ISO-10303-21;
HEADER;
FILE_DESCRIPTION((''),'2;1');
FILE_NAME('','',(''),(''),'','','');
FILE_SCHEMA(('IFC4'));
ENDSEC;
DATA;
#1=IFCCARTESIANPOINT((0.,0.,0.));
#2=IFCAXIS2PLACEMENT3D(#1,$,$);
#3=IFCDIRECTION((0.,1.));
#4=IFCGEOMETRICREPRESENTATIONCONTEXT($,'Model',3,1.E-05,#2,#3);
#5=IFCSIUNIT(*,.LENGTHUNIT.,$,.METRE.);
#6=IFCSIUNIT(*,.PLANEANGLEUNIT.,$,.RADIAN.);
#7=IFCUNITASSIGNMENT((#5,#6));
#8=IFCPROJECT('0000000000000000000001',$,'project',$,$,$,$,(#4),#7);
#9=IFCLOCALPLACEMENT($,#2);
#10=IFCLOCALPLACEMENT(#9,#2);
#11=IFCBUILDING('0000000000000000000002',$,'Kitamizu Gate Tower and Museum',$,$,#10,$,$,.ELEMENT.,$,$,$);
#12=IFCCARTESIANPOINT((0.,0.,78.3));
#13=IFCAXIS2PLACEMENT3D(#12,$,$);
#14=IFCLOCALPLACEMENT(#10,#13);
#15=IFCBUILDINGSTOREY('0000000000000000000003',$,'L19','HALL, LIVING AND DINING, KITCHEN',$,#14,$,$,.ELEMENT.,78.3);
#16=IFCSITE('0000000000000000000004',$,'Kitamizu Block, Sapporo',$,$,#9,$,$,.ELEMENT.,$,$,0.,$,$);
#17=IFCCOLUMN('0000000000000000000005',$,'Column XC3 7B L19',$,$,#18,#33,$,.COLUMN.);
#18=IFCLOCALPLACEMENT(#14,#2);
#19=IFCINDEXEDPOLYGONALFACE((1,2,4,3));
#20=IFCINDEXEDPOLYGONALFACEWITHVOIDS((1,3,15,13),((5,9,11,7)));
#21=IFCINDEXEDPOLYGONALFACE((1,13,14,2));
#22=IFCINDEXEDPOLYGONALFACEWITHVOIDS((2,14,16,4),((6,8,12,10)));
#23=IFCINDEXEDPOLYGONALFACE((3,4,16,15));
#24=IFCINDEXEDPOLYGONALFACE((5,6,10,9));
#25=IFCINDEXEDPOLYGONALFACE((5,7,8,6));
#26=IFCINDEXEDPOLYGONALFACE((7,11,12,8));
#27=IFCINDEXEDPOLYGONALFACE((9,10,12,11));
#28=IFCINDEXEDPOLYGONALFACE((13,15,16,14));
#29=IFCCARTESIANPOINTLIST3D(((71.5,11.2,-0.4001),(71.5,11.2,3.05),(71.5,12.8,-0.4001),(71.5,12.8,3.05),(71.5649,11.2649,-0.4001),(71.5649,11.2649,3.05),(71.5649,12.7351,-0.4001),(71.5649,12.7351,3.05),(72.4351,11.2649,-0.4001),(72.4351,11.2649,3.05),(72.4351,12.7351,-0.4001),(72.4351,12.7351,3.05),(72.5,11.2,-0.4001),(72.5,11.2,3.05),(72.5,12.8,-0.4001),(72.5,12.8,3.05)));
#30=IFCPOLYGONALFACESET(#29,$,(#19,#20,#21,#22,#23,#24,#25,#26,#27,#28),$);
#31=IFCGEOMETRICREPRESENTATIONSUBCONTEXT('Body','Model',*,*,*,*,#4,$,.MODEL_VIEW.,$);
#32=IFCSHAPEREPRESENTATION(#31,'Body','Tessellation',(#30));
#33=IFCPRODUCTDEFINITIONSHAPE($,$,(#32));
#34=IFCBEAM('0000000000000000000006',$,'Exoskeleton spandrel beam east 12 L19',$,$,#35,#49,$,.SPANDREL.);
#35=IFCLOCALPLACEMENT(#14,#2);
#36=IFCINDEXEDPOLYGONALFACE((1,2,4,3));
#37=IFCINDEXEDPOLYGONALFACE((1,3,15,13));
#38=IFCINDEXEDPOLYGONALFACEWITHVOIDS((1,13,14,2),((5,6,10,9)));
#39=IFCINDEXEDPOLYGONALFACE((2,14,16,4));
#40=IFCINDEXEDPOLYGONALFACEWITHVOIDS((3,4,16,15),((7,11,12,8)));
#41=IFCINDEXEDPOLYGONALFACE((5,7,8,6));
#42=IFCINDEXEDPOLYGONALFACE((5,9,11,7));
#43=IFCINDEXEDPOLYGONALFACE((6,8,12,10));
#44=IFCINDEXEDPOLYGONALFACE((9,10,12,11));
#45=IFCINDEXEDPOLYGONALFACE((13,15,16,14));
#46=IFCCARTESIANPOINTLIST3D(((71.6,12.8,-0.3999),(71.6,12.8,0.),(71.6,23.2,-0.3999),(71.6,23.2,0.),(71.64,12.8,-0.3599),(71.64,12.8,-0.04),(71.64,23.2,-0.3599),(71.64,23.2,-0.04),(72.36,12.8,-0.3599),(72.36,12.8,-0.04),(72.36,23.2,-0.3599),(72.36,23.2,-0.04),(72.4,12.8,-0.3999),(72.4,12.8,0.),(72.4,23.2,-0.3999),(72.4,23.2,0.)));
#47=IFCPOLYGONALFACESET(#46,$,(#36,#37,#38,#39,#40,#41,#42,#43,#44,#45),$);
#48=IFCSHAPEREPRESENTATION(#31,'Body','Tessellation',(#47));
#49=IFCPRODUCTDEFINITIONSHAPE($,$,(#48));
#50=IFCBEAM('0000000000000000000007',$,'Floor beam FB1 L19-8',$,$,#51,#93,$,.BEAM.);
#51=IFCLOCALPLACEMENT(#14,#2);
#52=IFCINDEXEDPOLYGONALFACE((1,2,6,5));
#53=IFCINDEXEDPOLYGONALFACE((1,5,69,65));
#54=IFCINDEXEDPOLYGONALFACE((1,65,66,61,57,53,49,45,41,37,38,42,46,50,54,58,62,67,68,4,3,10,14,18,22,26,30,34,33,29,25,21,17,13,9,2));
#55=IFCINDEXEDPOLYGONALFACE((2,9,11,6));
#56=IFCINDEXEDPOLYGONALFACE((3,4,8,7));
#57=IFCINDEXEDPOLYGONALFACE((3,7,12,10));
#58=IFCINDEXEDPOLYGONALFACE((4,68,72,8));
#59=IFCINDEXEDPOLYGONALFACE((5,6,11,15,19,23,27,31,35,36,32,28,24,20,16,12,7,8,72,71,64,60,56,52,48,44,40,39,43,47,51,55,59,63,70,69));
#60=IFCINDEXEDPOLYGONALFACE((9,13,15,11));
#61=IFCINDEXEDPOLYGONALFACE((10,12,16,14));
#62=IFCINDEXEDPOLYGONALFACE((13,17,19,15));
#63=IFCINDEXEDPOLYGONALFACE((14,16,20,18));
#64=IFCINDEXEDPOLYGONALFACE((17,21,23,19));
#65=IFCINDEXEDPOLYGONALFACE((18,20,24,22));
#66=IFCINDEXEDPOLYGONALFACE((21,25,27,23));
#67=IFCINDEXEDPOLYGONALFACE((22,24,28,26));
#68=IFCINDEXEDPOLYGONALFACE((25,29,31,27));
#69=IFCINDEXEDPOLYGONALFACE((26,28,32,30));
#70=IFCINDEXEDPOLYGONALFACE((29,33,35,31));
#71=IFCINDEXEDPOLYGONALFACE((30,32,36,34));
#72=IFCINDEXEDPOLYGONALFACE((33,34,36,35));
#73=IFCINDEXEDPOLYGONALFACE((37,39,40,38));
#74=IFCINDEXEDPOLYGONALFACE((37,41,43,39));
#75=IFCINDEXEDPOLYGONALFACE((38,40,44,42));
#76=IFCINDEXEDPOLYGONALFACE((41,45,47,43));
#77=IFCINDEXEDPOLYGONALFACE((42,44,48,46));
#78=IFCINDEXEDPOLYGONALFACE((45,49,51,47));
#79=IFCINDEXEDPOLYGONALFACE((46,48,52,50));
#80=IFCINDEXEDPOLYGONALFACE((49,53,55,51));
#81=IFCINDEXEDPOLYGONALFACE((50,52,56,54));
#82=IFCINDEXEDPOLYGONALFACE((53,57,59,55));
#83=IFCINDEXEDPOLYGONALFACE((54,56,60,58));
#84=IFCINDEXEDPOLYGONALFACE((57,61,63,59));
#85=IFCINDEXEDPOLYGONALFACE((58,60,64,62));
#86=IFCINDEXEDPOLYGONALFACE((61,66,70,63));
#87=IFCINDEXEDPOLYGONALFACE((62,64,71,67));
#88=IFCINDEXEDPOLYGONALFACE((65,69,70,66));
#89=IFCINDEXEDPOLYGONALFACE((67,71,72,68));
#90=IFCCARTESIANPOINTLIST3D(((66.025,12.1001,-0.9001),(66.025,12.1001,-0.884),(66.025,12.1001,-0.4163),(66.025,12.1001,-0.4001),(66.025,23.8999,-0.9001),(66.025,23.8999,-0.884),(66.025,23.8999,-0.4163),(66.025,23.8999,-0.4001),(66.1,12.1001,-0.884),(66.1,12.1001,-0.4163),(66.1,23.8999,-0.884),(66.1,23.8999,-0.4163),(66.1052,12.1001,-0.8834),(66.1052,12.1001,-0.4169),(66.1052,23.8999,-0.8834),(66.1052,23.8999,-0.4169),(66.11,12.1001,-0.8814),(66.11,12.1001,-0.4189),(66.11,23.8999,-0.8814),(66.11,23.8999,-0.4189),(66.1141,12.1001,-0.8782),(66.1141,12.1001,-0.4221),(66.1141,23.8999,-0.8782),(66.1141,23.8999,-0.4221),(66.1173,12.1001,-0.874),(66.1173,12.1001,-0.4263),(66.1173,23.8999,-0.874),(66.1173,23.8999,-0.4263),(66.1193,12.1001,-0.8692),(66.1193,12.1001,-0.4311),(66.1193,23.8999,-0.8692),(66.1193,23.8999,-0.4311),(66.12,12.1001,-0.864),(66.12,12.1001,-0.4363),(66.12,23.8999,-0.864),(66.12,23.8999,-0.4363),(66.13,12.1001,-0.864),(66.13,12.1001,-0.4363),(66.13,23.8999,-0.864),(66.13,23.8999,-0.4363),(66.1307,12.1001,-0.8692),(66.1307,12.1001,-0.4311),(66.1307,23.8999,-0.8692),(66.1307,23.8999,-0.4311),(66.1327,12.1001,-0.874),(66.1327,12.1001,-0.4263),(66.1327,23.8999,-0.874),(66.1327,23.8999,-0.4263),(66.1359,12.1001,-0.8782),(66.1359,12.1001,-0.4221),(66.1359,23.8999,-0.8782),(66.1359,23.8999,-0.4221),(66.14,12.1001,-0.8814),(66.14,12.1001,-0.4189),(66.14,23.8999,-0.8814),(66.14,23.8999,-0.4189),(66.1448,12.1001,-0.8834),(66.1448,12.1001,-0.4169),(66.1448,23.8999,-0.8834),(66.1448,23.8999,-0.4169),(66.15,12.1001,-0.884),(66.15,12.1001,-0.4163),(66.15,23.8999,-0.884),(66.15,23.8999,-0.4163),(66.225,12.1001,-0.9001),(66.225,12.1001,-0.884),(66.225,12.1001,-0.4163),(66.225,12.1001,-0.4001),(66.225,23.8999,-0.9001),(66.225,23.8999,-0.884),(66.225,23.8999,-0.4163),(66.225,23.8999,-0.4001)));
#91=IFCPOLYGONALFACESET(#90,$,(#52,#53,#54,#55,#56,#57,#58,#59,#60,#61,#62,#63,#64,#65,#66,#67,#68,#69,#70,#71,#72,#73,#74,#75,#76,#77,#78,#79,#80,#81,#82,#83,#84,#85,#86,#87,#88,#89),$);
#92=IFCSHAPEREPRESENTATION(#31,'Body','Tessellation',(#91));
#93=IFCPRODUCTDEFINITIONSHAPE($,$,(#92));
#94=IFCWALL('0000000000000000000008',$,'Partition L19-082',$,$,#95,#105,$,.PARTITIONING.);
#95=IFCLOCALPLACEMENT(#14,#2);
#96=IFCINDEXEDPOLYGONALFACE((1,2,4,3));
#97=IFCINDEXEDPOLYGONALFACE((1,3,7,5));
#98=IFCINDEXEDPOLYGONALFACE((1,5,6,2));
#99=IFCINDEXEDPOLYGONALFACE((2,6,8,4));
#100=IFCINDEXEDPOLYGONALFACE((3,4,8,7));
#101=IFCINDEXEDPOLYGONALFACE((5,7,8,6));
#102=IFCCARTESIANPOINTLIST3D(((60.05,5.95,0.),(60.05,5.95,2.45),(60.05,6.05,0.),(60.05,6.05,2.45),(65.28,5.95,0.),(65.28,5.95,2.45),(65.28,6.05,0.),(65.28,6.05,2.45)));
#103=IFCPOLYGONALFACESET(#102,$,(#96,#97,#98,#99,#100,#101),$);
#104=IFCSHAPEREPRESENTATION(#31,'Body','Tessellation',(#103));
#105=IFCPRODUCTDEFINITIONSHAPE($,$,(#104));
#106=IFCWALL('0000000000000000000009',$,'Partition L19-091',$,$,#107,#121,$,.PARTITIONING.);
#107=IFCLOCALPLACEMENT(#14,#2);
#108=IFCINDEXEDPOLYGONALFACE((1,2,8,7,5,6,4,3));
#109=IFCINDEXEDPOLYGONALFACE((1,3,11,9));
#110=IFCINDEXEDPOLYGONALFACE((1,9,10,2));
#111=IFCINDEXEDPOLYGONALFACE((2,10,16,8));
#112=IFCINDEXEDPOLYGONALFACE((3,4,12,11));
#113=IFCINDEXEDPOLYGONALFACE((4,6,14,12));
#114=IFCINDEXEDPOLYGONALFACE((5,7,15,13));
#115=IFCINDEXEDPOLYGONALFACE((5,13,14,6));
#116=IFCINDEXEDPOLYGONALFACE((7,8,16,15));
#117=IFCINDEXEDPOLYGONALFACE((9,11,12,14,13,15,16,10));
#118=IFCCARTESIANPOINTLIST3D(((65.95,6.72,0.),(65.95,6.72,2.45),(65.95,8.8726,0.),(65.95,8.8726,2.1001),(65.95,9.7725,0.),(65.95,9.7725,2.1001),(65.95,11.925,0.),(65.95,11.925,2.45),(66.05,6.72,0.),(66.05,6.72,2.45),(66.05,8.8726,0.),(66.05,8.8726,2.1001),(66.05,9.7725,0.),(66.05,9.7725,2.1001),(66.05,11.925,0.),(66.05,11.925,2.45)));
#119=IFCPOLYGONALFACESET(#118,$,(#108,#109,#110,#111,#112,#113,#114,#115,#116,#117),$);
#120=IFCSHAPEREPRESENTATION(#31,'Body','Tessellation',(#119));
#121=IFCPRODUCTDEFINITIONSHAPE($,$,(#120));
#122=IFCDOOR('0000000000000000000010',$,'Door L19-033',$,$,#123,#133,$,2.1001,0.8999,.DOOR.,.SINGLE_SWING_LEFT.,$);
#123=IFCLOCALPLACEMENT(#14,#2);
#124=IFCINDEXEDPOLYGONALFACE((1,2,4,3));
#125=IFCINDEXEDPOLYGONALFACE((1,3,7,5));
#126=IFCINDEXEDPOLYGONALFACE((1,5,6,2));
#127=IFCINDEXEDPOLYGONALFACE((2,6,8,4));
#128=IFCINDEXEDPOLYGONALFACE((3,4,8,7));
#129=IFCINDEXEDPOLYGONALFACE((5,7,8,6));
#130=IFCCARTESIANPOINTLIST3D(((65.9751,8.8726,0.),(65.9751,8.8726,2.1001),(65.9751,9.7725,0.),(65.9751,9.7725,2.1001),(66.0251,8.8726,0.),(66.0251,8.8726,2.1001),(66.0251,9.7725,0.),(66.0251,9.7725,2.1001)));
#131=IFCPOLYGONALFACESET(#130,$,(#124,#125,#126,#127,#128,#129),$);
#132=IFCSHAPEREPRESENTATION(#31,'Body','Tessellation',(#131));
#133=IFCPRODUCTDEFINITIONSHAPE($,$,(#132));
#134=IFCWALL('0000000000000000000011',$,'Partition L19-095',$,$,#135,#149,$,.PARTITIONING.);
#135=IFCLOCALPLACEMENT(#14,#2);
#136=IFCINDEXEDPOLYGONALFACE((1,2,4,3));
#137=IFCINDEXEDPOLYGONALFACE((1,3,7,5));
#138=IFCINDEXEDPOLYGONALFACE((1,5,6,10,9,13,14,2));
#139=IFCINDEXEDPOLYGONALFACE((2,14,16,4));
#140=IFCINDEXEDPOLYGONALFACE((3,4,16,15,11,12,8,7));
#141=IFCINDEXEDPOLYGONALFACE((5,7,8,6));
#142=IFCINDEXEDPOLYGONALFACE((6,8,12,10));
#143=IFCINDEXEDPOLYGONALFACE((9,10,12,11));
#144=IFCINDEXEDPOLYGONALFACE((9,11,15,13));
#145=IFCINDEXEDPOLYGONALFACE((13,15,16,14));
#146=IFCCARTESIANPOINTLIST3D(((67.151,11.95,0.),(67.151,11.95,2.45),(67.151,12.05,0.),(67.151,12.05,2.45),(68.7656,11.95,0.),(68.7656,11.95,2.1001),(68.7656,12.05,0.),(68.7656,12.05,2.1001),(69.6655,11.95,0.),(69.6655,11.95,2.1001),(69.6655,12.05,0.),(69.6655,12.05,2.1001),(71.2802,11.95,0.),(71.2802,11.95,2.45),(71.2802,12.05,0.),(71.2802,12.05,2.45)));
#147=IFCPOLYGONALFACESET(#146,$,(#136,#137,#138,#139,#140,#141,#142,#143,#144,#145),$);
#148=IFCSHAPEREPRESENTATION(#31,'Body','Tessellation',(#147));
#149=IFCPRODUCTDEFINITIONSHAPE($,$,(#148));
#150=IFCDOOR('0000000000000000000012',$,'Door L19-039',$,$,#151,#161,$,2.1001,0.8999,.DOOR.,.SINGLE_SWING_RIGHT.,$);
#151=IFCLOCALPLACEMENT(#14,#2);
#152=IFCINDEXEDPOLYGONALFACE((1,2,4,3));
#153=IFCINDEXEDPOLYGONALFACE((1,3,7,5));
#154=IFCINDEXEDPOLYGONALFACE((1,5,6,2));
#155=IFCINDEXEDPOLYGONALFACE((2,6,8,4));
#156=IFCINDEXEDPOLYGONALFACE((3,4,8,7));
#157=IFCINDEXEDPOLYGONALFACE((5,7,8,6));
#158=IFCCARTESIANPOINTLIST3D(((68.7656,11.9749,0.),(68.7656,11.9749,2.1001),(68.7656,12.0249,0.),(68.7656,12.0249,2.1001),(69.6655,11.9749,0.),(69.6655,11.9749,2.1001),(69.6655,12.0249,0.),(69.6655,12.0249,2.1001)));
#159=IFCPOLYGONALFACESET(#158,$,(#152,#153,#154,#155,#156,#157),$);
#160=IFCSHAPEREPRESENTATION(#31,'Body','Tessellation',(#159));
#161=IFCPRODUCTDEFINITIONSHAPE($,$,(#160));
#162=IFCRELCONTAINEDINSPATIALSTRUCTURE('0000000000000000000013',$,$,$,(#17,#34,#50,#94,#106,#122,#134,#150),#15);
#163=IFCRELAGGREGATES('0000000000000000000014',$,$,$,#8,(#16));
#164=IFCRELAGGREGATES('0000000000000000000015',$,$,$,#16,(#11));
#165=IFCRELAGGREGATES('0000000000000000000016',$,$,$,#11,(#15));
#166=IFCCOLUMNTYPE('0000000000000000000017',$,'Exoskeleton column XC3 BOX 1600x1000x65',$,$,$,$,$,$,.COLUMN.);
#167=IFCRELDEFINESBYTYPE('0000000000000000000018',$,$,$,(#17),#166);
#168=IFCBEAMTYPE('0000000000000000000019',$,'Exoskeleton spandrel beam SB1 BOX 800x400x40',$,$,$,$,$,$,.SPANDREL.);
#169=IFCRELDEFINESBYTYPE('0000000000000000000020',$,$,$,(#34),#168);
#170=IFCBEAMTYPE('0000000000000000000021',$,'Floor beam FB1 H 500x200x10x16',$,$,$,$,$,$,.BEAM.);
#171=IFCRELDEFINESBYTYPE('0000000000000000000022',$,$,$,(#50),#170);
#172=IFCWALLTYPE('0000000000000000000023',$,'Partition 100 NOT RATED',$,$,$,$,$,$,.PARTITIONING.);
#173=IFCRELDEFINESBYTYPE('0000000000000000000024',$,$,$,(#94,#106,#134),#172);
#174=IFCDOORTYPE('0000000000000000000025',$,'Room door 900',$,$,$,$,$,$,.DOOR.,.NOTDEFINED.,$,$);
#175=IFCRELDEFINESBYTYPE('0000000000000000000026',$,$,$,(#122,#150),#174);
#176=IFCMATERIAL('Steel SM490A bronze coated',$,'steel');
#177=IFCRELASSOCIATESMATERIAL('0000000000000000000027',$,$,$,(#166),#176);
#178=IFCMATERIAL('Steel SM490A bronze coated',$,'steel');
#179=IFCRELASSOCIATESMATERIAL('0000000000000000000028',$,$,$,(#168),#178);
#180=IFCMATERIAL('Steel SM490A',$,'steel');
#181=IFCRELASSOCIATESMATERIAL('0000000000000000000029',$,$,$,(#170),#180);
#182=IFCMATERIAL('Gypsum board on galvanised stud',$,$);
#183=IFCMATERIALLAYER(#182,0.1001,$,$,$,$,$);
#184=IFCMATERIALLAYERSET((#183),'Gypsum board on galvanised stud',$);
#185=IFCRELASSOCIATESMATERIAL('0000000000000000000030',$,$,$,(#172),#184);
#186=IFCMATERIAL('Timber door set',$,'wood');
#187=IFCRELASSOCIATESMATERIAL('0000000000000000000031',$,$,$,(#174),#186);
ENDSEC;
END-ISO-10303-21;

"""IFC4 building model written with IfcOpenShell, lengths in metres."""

from ifc_helpers import new_model, si_unit, direction, frame, frame_2d, origin, origin_2d, place, context, subcontext, project, spatial, rectangle, hollow_rectangle, i_section, extrude, material, layer, layer_set, material_profile, profile_set, type_object, element, fill, save


model = new_model("IFC4")

# Units and contexts
model_context = context("Model", 3, precision=1e-05, world=origin(), true_north=direction((0.0, 1.0)))
body_context = subcontext(model_context, "Body", "Model", "MODEL_VIEW")
ifc_project = project(units=[si_unit("LENGTHUNIT", "METRE"), si_unit("PLANEANGLEUNIT", "RADIAN")], contexts=[model_context])

# Site, building, storey
site_placement = place(None, origin())
site = spatial("IfcSite", under=ifc_project, at=site_placement, Name="Kitamizu Block, Sapporo", CompositionType="ELEMENT", RefElevation=0.0)
building_placement = place(site_placement, origin())
building = spatial("IfcBuilding", under=site, at=building_placement, Name="Kitamizu Gate Tower and Museum", CompositionType="ELEMENT")
storey_placement = place(building_placement, frame((0.0, 0.0, 78.3)))
storey = spatial("IfcBuildingStorey", under=building, at=storey_placement, Name="L19", Description="HALL, LIVING AND DINING, KITCHEN", CompositionType="ELEMENT", Elevation=78.3)

# Column
ifc_material_1 = material(Name="Steel SM490A bronze coated", Category="steel")
ifc_material_profile_1 = material_profile(ifc_material_1, hollow_rectangle(XDim=1.6001, YDim=1.0, WallThickness=0.0649, at=origin_2d()), Name="BOX 1600x1000x65")
ifc_profile_set_1 = profile_set([ifc_material_profile_1], Name="Steel SM490A bronze coated")
column_type = type_object("IfcColumnType", Name="Exoskeleton column XC3 BOX 1600x1000x65", PredefinedType="COLUMN", material=ifc_profile_set_1)
column_placement = place(storey_placement, frame((72.0, 12.0, -0.4001), z_axis=(0.0, 0.0, 1.0), x_axis=(0.0, 1.0, 0.0)))
element("IfcColumn", 1, at=column_placement, inside=storey, type_object=column_type, Name="Column XC3 7B L19", PredefinedType="COLUMN", context=body_context, shape_type="SweptSolid", body=[
    extrude(hollow_rectangle(XDim=1.6001, YDim=1.0, WallThickness=0.0649, at=origin_2d()), origin(), (0.0, 0.0, 1.0), 3.4502),
])

# Beams
ifc_material_2 = material(Name="Steel SM490A bronze coated", Category="steel")
ifc_material_profile_2 = material_profile(ifc_material_2, hollow_rectangle(XDim=0.8, YDim=0.3999, WallThickness=0.04, at=origin_2d()), Name="BOX 800x400x40")
ifc_profile_set_2 = profile_set([ifc_material_profile_2], Name="Steel SM490A bronze coated")
beam_type_1 = type_object("IfcBeamType", Name="Exoskeleton spandrel beam SB1 BOX 800x400x40", PredefinedType="SPANDREL", material=ifc_profile_set_2)
beam_1_placement = place(storey_placement, frame((72.0, 12.8, -0.2), z_axis=(0.0, 1.0, 0.0), x_axis=(-1.0, 0.0, 0.0)))
element("IfcBeam", 2, at=beam_1_placement, inside=storey, type_object=beam_type_1, Name="Exoskeleton spandrel beam east 12 L19", PredefinedType="SPANDREL", context=body_context, shape_type="SweptSolid", body=[
    extrude(hollow_rectangle(XDim=0.8, YDim=0.3999, WallThickness=0.04, at=origin_2d()), origin(), (0.0, 0.0, 1.0), 10.3999),
])
ifc_material_3 = material(Name="Steel SM490A", Category="steel")
ifc_material_profile_3 = material_profile(ifc_material_3, i_section(OverallWidth=0.2, OverallDepth=0.5, WebThickness=0.01, FlangeThickness=0.0161, FilletRadius=0.02, at=origin_2d()), Name="H-500x200x10x16")
ifc_profile_set_3 = profile_set([ifc_material_profile_3], Name="Steel SM490A")
beam_type_2 = type_object("IfcBeamType", Name="Floor beam FB1 H 500x200x10x16", PredefinedType="BEAM", material=ifc_profile_set_3)
beam_2_placement = place(storey_placement, frame((66.125, 12.1001, -0.6501), z_axis=(0.0, 1.0, 0.0), x_axis=(-1.0, 0.0, 0.0)))
element("IfcBeam", 3, at=beam_2_placement, inside=storey, type_object=beam_type_2, Name="Floor beam FB1 L19-8", PredefinedType="BEAM", context=body_context, shape_type="SweptSolid", body=[
    extrude(i_section(OverallWidth=0.2, OverallDepth=0.5, WebThickness=0.01, FlangeThickness=0.0161, FilletRadius=0.02, at=origin_2d()), origin(), (0.0, 0.0, 1.0), 11.7998),
])

# Wall
ifc_material_4 = material(Name="Gypsum board on galvanised stud")
ifc_layer_1 = layer(ifc_material_4, 0.1001)
ifc_layer_set_1 = layer_set([ifc_layer_1], Name="Gypsum board on galvanised stud")
wall_type_1 = type_object("IfcWallType", Name="Partition 100 NOT RATED", PredefinedType="PARTITIONING", material=ifc_layer_set_1)
wall_1_placement = place(storey_placement, frame((65.28, 6.0, 0.0), z_axis=(0.0, 0.0, 1.0), x_axis=(-1.0, 0.0, 0.0)))
element("IfcWall", 4, at=wall_1_placement, inside=storey, type_object=wall_type_1, Name="Partition L19-082", PredefinedType="PARTITIONING", context=body_context, shape_type="SweptSolid", body=[
    extrude(rectangle(XDim=5.23, YDim=0.1001, at=frame_2d((2.615, 0.0))), origin(), (0.0, 0.0, 1.0), 2.45),
])

# Walls, openings, doors
wall_2_placement = place(storey_placement, frame((66.0, 6.72, 0.0), z_axis=(0.0, 0.0, 1.0), x_axis=(0.0, 1.0, 0.0)))
wall_2 = element("IfcWall", 5, at=wall_2_placement, inside=storey, type_object=wall_type_1, Name="Partition L19-091", PredefinedType="PARTITIONING", context=body_context, shape_type="SweptSolid", body=[
    extrude(rectangle(XDim=5.2051, YDim=0.1001, at=frame_2d((2.6025, 0.0))), origin(), (0.0, 0.0, 1.0), 2.45),
])
opening_1_placement = place(wall_2_placement, frame((2.1526, 0.0, 0.0)))
opening_1 = element("IfcOpeningElement", 6, at=opening_1_placement, cuts=wall_2, PredefinedType="OPENING", context=body_context, shape_type="SweptSolid", body=[
    extrude(rectangle(XDim=0.8999, YDim=2.1001, at=frame_2d((0.45, 1.05))), frame((0.0, 0.0601, 0.0), z_axis=(0.0, -1.0, 0.0), x_axis=(1.0, 0.0, 0.0)), (0.0, 0.0, 1.0), 0.1201),
])
ifc_material_5 = material(Name="Timber door set", Category="wood")
door_type_1 = type_object("IfcDoorType", Name="Room door 900", OperationType="NOTDEFINED", PredefinedType="DOOR", material=ifc_material_5)
door_1_placement = place(opening_1_placement, origin())
door_1 = element("IfcDoor", 7, at=door_1_placement, inside=storey, type_object=door_type_1, Name="Door L19-033", OperationType="SINGLE_SWING_LEFT", OverallHeight=2.1001, OverallWidth=0.8999, PredefinedType="DOOR", context=body_context, shape_type="SweptSolid", body=[
    extrude(rectangle(XDim=0.8999, YDim=2.1001, at=frame_2d((0.45, 1.05))), frame((0.0, 0.0249, 0.0), z_axis=(0.0, -1.0, 0.0), x_axis=(1.0, 0.0, 0.0)), (0.0, 0.0, 1.0), 0.05),
])
fill(opening_1, door_1)
wall_3_placement = place(storey_placement, frame((71.28, 12.0, 0.0), z_axis=(0.0, 0.0, 1.0), x_axis=(-1.0, 0.0, 0.0)))
wall_3 = element("IfcWall", 8, at=wall_3_placement, inside=storey, type_object=wall_type_1, Name="Partition L19-095", PredefinedType="PARTITIONING", context=body_context, shape_type="SweptSolid", body=[
    extrude(rectangle(XDim=4.1292, YDim=0.1001, at=frame_2d((2.0645, 0.0))), origin(), (0.0, 0.0, 1.0), 2.45),
])
opening_2_placement = place(wall_3_placement, frame((1.6145, 0.0, 0.0)))
opening_2 = element("IfcOpeningElement", 9, at=opening_2_placement, cuts=wall_3, PredefinedType="OPENING", context=body_context, shape_type="SweptSolid", body=[
    extrude(rectangle(XDim=0.8999, YDim=2.1001, at=frame_2d((0.45, 1.05))), frame((0.0, 0.0601, 0.0), z_axis=(0.0, -1.0, 0.0), x_axis=(1.0, 0.0, 0.0)), (0.0, 0.0, 1.0), 0.1201),
])
door_2_placement = place(opening_2_placement, frame((0.8999, 0.0, 0.0), x_axis=(-1.0, 0.0, 0.0)))
door_2 = element("IfcDoor", 10, at=door_2_placement, inside=storey, type_object=door_type_1, Name="Door L19-039", OperationType="SINGLE_SWING_RIGHT", OverallHeight=2.1001, OverallWidth=0.8999, PredefinedType="DOOR", context=body_context, shape_type="SweptSolid", body=[
    extrude(rectangle(XDim=0.8999, YDim=2.1001, at=frame_2d((0.45, 1.05))), frame((0.0, 0.0249, 0.0), z_axis=(0.0, -1.0, 0.0), x_axis=(1.0, 0.0, 0.0)), (0.0, 0.0, 1.0), 0.05),
])
fill(opening_2, door_2)

save(model, "model.ifc")
